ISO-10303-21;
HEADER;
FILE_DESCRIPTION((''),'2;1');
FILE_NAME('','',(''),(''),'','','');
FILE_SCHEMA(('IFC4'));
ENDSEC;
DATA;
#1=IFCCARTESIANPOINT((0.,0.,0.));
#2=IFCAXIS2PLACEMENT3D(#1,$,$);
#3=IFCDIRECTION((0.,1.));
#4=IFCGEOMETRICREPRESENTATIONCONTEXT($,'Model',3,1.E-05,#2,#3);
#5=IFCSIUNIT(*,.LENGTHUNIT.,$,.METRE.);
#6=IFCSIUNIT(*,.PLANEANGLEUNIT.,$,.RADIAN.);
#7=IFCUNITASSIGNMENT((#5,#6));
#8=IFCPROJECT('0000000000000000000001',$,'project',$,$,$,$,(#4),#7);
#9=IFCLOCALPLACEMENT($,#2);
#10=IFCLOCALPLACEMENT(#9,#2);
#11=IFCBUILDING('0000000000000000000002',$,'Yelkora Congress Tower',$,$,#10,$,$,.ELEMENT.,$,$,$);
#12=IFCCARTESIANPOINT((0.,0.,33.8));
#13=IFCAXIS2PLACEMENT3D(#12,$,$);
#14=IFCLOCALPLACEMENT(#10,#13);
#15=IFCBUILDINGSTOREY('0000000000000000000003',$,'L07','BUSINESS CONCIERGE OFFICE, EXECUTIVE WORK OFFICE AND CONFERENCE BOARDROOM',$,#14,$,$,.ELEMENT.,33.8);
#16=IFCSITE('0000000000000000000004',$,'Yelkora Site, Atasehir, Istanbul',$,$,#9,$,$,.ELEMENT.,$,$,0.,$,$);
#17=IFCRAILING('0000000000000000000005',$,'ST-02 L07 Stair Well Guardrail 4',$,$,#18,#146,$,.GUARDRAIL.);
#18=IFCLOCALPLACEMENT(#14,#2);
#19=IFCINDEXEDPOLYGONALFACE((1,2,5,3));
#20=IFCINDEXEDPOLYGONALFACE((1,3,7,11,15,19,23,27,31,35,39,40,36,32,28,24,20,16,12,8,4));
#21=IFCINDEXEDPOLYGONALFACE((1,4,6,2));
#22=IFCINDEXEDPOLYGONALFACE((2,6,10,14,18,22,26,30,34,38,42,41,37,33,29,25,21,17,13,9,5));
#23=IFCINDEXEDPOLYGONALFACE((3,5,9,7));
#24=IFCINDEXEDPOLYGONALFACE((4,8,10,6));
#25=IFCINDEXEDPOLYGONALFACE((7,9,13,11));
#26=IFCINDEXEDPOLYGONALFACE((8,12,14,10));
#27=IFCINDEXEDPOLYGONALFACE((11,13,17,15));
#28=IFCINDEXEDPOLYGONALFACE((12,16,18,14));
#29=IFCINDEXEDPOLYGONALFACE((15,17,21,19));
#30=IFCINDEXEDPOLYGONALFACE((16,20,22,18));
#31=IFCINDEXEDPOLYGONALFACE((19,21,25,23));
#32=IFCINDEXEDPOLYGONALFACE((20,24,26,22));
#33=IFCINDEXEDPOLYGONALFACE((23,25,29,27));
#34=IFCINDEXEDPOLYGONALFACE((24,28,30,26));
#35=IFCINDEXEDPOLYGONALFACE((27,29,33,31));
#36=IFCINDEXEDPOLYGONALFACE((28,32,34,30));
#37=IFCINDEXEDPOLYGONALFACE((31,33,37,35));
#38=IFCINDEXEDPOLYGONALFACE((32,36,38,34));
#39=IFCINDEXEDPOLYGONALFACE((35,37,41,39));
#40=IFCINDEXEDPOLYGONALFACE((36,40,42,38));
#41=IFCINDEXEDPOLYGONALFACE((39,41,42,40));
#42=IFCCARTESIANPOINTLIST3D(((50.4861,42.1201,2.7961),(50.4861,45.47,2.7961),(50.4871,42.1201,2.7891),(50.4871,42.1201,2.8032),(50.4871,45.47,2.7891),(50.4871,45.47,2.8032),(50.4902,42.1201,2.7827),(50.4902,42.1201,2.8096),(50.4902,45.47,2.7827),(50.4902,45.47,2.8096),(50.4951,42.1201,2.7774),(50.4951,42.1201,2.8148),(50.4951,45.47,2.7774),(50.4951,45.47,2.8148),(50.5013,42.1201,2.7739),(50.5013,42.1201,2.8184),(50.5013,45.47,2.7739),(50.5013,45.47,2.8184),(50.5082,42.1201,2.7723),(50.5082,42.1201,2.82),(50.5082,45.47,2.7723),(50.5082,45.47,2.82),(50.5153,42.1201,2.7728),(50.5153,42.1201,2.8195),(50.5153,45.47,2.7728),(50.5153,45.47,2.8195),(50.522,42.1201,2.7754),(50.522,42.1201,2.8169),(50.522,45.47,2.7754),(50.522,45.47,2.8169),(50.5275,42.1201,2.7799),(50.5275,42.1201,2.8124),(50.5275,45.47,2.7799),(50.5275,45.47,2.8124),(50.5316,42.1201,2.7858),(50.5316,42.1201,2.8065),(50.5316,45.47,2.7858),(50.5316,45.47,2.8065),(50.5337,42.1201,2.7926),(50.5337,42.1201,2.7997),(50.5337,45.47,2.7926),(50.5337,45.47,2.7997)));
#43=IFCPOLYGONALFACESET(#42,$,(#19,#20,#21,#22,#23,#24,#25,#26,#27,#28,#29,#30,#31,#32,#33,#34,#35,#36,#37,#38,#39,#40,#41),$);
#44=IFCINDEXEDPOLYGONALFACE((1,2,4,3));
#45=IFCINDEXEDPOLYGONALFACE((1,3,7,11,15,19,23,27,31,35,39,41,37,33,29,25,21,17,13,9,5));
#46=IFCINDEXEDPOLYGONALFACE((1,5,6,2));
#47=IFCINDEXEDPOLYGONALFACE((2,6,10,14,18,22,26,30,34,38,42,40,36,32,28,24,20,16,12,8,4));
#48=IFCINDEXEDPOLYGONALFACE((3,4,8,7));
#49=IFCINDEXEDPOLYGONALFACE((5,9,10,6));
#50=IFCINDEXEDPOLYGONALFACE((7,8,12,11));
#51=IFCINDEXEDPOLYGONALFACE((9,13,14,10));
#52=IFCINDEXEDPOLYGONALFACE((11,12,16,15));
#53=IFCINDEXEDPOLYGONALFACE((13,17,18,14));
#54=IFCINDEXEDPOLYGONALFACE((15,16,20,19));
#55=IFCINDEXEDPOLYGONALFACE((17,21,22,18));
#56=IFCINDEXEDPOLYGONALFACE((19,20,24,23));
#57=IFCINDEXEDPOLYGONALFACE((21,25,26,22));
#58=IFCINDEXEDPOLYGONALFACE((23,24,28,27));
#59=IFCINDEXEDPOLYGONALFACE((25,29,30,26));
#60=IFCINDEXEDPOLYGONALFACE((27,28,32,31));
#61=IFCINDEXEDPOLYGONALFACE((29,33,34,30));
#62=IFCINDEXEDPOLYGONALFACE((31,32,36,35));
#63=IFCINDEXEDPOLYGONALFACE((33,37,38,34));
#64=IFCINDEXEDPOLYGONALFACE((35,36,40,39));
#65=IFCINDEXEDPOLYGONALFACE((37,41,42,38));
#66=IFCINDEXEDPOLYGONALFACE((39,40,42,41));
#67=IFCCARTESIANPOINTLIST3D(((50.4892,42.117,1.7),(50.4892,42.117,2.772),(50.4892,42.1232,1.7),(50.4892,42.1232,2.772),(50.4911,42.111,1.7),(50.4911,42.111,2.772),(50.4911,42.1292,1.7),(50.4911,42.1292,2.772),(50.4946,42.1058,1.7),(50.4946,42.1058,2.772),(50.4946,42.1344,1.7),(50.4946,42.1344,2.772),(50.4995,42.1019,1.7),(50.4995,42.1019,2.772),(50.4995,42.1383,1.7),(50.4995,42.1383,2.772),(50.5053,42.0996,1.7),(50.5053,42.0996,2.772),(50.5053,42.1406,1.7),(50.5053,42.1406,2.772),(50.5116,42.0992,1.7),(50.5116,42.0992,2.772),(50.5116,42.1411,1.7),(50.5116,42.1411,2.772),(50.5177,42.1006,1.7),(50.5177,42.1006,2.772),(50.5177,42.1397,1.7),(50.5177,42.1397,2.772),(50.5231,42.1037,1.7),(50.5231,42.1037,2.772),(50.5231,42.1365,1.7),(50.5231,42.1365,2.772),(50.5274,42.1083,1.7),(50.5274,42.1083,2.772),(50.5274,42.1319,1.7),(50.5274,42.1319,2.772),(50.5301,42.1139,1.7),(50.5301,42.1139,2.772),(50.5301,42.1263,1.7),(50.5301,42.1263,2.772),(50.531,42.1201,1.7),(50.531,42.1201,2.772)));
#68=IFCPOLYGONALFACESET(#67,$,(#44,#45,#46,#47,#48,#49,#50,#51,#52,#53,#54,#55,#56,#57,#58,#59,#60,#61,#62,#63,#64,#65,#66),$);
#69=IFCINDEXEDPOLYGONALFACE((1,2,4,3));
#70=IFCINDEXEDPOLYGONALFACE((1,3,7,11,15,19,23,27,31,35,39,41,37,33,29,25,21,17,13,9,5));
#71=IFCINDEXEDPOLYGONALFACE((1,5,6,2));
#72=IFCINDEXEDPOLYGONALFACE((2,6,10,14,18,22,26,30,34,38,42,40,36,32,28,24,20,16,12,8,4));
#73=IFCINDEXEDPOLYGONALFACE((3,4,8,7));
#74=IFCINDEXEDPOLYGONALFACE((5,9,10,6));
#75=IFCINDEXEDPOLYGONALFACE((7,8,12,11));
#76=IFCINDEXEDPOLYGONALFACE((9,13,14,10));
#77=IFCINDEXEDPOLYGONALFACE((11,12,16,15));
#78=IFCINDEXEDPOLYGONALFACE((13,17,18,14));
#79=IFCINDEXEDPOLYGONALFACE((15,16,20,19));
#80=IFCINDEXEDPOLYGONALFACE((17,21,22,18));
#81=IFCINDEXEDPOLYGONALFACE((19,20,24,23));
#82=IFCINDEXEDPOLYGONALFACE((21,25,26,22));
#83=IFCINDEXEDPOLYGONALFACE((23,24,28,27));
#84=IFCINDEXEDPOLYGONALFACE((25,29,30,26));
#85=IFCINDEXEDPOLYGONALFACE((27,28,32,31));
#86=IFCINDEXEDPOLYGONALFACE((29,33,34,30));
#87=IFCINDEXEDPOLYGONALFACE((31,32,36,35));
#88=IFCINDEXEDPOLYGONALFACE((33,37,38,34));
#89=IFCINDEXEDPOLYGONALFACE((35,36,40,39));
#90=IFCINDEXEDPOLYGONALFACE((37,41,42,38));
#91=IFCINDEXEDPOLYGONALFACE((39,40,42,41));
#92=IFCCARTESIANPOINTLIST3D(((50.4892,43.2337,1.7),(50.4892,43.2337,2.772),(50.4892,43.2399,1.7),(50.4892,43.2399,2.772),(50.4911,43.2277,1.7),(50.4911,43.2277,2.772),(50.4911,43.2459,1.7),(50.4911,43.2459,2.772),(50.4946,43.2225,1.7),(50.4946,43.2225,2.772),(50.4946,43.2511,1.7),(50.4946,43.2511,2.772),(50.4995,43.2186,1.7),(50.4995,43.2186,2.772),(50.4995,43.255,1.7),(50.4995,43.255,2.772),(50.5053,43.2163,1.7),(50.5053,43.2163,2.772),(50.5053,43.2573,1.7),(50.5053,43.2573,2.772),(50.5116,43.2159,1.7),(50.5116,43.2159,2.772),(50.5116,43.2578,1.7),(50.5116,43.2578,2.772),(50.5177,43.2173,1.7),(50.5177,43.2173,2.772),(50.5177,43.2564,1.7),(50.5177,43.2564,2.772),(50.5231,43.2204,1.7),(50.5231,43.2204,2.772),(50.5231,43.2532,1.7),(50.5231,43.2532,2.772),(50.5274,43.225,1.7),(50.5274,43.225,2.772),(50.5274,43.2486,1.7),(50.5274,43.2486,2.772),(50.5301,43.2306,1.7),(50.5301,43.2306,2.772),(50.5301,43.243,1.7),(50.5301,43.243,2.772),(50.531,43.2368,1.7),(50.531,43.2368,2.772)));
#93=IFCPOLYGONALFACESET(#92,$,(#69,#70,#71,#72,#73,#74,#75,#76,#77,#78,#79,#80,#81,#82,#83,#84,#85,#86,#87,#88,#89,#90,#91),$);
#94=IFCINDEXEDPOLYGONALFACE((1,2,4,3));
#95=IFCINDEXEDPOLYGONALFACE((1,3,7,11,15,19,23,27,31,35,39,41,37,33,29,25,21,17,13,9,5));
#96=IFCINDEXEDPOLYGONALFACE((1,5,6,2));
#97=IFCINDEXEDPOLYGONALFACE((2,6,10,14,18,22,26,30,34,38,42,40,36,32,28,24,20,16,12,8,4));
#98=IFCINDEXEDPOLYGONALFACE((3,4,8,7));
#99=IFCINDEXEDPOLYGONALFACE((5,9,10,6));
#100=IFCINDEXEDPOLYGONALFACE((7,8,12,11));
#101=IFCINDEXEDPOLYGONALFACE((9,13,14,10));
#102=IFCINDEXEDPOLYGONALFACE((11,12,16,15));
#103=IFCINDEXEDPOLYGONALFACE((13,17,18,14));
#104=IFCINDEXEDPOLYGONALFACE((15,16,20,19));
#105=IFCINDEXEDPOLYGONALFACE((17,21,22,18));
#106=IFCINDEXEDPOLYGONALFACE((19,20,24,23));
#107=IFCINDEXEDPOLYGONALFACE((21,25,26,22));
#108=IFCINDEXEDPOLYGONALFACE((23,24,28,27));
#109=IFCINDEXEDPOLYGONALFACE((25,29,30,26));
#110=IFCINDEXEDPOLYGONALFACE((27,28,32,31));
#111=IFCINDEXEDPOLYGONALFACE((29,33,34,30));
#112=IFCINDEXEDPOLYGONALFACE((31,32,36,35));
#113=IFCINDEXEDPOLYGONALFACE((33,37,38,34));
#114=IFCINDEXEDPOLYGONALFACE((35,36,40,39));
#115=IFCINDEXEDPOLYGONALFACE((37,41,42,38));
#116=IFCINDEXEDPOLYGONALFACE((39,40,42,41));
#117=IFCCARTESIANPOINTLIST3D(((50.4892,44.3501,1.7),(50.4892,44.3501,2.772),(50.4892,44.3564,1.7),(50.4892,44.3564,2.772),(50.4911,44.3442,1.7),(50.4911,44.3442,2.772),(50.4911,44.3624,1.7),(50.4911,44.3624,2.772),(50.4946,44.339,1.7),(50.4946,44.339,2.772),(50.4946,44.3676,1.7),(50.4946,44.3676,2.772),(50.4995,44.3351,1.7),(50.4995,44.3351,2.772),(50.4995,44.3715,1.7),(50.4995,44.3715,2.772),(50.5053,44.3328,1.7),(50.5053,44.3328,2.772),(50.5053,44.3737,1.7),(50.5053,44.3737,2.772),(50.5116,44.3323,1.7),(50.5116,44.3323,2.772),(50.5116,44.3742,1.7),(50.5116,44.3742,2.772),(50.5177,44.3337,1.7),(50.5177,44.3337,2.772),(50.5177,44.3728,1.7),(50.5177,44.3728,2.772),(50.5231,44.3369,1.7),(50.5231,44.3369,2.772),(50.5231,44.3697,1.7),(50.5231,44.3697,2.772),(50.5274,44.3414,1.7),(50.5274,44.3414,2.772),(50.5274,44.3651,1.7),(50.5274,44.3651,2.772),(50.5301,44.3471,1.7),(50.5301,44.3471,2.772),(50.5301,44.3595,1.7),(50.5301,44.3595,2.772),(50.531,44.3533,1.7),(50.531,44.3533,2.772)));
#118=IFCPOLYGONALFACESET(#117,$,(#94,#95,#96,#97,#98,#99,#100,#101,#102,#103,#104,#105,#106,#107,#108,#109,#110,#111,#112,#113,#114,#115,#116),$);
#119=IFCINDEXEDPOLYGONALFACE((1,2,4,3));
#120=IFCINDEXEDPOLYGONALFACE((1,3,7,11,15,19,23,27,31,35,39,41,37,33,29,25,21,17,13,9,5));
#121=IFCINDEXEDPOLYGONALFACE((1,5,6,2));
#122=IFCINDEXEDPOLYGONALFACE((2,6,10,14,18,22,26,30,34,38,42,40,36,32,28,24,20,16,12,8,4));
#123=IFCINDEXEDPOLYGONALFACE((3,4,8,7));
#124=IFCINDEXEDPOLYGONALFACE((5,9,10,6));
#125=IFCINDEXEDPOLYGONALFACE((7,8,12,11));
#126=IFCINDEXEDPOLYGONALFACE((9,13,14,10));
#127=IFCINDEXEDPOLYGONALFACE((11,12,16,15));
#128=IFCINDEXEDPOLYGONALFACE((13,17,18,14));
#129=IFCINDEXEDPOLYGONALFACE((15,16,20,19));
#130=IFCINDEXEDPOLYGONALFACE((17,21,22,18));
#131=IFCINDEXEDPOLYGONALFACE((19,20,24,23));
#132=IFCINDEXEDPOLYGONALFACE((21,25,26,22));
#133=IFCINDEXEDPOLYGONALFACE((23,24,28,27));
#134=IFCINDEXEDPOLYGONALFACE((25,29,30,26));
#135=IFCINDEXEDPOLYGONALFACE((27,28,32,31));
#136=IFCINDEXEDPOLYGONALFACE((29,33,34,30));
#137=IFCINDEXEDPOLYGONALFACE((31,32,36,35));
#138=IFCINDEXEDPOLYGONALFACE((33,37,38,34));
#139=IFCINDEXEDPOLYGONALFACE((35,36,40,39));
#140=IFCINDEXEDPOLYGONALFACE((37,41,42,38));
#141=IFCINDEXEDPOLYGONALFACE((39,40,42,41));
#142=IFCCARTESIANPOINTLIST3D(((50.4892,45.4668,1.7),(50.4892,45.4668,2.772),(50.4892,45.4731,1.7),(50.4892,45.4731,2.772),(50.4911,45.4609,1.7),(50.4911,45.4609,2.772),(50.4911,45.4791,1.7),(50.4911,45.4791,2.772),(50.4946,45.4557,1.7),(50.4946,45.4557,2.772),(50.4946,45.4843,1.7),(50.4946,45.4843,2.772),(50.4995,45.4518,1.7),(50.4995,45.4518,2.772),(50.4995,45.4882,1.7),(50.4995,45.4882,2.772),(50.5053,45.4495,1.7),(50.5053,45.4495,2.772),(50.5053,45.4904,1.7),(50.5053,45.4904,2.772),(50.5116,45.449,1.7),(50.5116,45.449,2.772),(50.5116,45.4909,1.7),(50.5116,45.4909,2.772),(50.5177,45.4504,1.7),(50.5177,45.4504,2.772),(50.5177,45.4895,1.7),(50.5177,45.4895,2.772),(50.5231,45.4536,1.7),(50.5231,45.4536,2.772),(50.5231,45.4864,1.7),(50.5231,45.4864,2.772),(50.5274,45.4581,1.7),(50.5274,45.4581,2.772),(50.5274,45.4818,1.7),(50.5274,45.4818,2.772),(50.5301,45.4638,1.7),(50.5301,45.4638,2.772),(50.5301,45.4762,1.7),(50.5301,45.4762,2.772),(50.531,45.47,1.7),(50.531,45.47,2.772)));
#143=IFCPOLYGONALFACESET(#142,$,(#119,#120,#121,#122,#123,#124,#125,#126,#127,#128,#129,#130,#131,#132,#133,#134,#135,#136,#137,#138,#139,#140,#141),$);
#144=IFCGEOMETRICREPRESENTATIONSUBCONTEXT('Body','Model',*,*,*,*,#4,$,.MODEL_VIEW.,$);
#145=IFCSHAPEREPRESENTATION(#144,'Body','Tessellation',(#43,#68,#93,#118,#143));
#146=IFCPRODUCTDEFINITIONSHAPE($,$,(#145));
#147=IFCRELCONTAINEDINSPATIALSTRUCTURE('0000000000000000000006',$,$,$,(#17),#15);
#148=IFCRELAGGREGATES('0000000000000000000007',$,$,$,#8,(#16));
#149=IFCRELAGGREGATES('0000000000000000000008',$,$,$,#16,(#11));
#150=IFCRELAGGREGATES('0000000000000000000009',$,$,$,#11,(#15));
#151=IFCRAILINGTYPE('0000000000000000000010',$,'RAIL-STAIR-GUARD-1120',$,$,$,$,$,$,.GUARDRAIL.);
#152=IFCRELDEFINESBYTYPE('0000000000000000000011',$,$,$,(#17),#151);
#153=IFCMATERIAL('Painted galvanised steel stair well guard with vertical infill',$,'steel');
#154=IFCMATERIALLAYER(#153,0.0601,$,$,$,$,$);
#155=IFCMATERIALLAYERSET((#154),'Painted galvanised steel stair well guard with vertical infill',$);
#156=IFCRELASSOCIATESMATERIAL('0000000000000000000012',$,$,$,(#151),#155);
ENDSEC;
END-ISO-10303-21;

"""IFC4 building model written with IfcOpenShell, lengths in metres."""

from ifc_helpers import new_model, si_unit, direction, frame, origin, origin_2d, place, context, subcontext, project, spatial, circle, extrude, material, layer, layer_set, type_object, element, save


model = new_model("IFC4")

# Units and contexts
model_context = context("Model", 3, precision=1e-05, world=origin(), true_north=direction((0.0, 1.0)))
body_context = subcontext(model_context, "Body", "Model", "MODEL_VIEW")
ifc_project = project(units=[si_unit("LENGTHUNIT", "METRE"), si_unit("PLANEANGLEUNIT", "RADIAN")], contexts=[model_context])

# Site, building, storey
site_placement = place(None, origin())
site = spatial("IfcSite", under=ifc_project, at=site_placement, Name="Yelkora Site, Atasehir, Istanbul", CompositionType="ELEMENT", RefElevation=0.0)
building_placement = place(site_placement, origin())
building = spatial("IfcBuilding", under=site, at=building_placement, Name="Yelkora Congress Tower", CompositionType="ELEMENT")
storey_placement = place(building_placement, frame((0.0, 0.0, 33.8)))
storey = spatial("IfcBuildingStorey", under=building, at=storey_placement, Name="L07", Description="BUSINESS CONCIERGE OFFICE, EXECUTIVE WORK OFFICE AND CONFERENCE BOARDROOM", CompositionType="ELEMENT", Elevation=33.8)

# Railing
ifc_material_1 = material(Name="Painted galvanised steel stair well guard with vertical infill", Category="steel")
ifc_layer_1 = layer(ifc_material_1, 0.0601)
ifc_layer_set_1 = layer_set([ifc_layer_1], Name="Painted galvanised steel stair well guard with vertical infill")
railing_type_1 = type_object("IfcRailingType", Name="RAIL-STAIR-GUARD-1120", PredefinedType="GUARDRAIL", material=ifc_layer_set_1)
railing_1_placement = place(storey_placement, frame((50.51, 42.1201, 1.7)))
element("IfcRailing", 1, at=railing_1_placement, inside=storey, type_object=railing_type_1, Name="ST-02 L07 Stair Well Guardrail 4", PredefinedType="GUARDRAIL", context=body_context, shape_type="SweptSolid", body=[
    extrude(circle(Radius=0.0239, at=origin_2d()), frame((0.0, 0.0, 1.0962), z_axis=(0.0, 1.0, 0.0), x_axis=(-1.0, 0.0, 0.0)), (0.0, 0.0, 1.0), 3.3499),
    extrude(circle(Radius=0.021, at=origin_2d()), origin(), (0.0, 0.0, 1.0), 1.072),
    extrude(circle(Radius=0.021, at=origin_2d()), frame((0.0, 1.1167, 0.0)), (0.0, 0.0, 1.0), 1.072),
    extrude(circle(Radius=0.021, at=origin_2d()), frame((0.0, 2.2332, 0.0)), (0.0, 0.0, 1.0), 1.072),
    extrude(circle(Radius=0.021, at=origin_2d()), frame((0.0, 3.3499, 0.0)), (0.0, 0.0, 1.0), 1.072),
])

save(model, "model.ifc")
